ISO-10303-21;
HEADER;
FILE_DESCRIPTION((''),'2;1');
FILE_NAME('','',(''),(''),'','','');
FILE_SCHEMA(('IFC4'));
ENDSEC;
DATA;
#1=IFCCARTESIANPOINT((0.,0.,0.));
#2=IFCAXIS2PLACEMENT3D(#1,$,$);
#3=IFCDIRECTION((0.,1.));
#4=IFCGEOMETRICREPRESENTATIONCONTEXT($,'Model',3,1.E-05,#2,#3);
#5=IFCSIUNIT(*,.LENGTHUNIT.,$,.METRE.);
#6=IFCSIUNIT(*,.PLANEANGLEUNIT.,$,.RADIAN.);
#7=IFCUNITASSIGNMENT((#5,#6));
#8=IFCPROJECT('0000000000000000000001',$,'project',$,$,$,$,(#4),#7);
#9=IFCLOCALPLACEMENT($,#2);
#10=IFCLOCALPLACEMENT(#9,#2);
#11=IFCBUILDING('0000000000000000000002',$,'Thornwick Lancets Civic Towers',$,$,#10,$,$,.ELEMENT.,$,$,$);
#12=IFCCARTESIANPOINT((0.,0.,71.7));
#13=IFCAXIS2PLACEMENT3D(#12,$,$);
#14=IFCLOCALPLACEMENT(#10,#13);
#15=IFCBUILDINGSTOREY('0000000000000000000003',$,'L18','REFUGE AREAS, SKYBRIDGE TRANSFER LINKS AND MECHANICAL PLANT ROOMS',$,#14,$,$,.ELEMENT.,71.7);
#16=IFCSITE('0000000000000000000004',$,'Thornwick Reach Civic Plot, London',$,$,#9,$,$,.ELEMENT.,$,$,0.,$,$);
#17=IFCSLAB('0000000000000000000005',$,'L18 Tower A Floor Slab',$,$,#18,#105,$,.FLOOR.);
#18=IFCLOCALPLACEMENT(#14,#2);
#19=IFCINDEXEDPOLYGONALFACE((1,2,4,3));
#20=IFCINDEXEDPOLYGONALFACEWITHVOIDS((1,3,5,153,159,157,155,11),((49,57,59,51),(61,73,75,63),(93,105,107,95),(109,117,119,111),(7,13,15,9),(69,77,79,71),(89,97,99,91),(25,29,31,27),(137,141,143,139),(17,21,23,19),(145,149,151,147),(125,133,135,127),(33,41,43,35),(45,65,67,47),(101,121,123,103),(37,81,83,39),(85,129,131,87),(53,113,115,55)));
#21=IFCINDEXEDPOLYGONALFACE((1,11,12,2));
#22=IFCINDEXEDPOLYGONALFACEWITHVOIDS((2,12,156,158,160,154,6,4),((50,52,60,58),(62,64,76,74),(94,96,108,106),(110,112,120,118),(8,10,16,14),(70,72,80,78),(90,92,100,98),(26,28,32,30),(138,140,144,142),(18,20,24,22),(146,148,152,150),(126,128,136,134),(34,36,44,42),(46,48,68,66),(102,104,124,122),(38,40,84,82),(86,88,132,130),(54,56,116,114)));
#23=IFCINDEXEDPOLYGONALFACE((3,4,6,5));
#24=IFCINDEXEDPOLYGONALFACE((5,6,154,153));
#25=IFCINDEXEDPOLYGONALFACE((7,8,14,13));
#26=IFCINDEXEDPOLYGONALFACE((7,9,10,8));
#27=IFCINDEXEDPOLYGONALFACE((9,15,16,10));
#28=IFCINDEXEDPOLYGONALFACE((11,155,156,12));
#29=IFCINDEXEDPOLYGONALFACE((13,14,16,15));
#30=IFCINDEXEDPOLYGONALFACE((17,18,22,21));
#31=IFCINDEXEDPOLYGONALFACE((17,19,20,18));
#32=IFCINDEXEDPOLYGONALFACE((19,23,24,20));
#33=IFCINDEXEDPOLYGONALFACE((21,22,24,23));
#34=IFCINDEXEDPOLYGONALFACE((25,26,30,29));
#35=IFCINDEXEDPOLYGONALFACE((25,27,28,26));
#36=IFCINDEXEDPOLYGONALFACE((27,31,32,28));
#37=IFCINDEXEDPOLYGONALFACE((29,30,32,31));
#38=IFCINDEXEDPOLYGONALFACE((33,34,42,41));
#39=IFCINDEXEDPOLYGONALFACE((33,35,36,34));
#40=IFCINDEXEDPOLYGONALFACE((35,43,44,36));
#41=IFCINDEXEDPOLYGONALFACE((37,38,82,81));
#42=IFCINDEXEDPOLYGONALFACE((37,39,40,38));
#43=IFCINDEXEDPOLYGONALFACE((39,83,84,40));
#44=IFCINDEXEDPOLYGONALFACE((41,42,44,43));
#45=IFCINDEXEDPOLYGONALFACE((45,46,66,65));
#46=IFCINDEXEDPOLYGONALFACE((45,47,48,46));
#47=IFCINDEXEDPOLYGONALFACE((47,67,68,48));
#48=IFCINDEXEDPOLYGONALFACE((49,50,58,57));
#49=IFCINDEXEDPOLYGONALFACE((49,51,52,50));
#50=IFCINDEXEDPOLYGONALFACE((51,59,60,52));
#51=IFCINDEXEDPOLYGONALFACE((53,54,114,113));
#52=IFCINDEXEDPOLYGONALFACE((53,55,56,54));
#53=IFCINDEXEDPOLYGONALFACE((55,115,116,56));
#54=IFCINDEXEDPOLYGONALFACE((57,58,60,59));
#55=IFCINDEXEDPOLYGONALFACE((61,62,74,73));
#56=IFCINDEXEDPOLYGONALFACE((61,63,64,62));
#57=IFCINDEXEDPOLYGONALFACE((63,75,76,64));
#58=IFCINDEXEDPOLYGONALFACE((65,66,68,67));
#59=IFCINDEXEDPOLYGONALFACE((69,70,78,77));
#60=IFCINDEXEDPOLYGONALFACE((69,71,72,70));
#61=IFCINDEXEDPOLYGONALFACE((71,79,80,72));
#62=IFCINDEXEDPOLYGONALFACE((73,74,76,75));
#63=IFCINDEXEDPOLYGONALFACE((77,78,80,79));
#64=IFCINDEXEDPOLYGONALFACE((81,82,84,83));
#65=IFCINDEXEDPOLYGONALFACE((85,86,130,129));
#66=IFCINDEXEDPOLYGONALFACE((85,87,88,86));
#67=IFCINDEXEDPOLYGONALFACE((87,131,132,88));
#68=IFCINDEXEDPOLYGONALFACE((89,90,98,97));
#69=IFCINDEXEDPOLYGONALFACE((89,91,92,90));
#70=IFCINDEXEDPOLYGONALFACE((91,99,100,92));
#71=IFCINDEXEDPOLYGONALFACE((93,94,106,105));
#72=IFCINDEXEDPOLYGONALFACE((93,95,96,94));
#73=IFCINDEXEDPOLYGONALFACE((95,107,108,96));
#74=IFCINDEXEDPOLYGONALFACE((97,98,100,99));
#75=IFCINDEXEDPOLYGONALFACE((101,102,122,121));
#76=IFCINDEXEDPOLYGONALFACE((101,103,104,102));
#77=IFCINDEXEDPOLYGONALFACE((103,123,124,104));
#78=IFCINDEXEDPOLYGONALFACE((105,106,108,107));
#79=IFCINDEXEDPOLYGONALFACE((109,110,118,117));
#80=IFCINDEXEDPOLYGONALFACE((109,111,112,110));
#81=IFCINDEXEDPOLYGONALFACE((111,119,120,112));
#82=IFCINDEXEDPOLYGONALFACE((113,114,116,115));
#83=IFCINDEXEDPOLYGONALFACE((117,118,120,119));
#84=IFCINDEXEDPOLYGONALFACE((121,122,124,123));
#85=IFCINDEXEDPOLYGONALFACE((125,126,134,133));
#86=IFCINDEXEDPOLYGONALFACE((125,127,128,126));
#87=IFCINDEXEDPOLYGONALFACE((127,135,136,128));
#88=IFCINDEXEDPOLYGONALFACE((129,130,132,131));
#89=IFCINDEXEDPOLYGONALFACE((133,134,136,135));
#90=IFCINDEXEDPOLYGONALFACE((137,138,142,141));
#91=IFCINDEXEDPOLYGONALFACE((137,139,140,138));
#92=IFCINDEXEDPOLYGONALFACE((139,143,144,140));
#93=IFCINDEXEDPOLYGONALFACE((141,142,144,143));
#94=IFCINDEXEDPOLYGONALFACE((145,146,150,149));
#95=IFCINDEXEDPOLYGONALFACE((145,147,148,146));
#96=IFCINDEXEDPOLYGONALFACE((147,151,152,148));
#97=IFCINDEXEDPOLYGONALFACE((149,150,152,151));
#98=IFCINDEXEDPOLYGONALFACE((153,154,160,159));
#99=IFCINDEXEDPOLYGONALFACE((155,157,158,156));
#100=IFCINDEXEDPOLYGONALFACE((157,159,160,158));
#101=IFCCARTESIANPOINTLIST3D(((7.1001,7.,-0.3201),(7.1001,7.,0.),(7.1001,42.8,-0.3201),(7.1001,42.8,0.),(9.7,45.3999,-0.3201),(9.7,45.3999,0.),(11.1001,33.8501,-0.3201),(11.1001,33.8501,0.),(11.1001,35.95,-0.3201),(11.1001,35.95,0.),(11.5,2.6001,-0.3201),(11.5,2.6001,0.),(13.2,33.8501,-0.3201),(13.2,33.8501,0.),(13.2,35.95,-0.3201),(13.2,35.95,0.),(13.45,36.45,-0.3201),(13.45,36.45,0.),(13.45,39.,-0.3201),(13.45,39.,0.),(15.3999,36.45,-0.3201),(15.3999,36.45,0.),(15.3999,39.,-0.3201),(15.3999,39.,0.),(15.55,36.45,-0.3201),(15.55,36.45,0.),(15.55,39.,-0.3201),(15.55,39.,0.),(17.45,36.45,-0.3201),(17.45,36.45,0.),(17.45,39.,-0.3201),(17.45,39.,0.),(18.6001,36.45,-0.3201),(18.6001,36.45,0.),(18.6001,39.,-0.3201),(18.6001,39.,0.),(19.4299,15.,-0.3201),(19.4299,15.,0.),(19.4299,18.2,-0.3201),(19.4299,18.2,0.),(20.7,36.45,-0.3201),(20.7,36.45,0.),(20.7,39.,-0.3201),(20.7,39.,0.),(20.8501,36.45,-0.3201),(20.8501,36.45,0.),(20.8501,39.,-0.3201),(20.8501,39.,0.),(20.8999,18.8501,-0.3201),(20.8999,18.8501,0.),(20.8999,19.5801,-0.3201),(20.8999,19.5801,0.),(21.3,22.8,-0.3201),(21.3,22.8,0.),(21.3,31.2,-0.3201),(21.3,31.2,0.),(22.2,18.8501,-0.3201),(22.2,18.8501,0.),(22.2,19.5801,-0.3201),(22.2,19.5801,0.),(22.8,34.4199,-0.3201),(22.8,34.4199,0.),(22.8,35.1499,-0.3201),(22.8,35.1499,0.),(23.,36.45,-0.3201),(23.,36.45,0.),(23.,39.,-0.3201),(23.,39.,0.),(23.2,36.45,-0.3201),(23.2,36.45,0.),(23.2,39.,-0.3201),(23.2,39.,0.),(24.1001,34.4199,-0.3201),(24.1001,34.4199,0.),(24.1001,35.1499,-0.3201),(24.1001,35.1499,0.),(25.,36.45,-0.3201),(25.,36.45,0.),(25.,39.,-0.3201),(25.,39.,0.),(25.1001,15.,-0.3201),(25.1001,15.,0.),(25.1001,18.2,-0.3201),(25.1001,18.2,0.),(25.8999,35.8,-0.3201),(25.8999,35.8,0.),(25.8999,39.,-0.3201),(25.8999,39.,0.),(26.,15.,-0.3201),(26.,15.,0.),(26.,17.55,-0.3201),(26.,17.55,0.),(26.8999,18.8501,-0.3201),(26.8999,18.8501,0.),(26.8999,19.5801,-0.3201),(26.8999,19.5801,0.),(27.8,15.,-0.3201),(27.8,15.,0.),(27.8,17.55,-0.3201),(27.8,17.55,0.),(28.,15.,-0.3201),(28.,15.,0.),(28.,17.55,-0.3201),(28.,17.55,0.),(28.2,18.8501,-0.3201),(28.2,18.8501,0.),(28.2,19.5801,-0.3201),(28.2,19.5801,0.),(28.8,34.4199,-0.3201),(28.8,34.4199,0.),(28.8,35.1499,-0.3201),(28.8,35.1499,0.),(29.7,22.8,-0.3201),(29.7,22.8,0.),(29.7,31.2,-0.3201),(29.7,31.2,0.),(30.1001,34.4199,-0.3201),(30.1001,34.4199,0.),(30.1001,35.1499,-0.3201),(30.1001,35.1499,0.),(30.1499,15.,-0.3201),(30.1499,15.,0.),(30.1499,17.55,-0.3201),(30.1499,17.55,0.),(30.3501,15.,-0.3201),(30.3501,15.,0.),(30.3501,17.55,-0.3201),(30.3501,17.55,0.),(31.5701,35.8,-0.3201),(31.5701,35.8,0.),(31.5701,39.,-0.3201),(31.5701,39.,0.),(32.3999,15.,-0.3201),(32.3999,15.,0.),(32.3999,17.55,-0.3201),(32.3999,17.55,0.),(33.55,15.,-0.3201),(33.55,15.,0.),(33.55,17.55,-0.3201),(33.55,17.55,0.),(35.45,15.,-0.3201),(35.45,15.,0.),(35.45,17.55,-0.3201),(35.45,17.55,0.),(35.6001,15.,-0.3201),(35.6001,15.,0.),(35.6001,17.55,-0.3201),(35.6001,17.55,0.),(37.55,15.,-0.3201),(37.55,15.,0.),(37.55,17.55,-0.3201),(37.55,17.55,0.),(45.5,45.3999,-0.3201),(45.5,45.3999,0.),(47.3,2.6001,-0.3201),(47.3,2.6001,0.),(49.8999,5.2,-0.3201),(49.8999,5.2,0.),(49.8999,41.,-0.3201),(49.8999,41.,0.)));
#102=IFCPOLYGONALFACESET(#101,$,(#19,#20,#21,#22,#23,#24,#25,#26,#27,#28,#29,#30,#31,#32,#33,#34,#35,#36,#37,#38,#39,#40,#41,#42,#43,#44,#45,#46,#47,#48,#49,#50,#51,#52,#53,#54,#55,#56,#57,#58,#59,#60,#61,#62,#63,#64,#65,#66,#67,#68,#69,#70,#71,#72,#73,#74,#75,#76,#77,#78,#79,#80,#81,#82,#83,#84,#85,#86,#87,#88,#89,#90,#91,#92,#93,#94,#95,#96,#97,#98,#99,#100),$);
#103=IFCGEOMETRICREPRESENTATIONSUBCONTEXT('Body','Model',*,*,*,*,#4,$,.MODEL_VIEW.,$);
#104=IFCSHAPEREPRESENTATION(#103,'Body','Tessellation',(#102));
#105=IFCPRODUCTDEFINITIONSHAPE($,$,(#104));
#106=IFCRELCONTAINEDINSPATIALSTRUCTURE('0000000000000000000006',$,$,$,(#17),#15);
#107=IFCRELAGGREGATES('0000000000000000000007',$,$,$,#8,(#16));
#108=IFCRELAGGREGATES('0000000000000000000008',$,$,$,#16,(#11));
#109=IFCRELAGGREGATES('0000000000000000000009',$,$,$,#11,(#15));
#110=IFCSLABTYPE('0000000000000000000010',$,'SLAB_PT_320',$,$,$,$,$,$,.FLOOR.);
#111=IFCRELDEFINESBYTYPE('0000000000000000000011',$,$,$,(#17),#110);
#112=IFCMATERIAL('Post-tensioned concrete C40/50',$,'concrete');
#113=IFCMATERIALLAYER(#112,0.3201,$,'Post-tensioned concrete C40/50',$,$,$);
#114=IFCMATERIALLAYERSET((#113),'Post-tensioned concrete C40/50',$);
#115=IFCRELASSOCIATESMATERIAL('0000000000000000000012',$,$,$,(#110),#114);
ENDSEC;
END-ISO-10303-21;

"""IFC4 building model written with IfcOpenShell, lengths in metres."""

from ifc_helpers import new_model, si_unit, direction, frame, origin, place, context, subcontext, project, spatial, polyline, outline, extrude, material, layer, layer_set, type_object, element, save


model = new_model("IFC4")

# Units and contexts
model_context = context("Model", 3, precision=1e-05, world=origin(), true_north=direction((0.0, 1.0)))
body_context = subcontext(model_context, "Body", "Model", "MODEL_VIEW")
ifc_project = project(units=[si_unit("LENGTHUNIT", "METRE"), si_unit("PLANEANGLEUNIT", "RADIAN")], contexts=[model_context])

# Site, building, storey
site_placement = place(None, origin())
site = spatial("IfcSite", under=ifc_project, at=site_placement, Name="Thornwick Reach Civic Plot, London", CompositionType="ELEMENT", RefElevation=0.0)
building_placement = place(site_placement, origin())
building = spatial("IfcBuilding", under=site, at=building_placement, Name="Thornwick Lancets Civic Towers", CompositionType="ELEMENT")
storey_placement = place(building_placement, frame((0.0, 0.0, 71.7)))
storey = spatial("IfcBuildingStorey", under=building, at=storey_placement, Name="L18", Description="REFUGE AREAS, SKYBRIDGE TRANSFER LINKS AND MECHANICAL PLANT ROOMS", CompositionType="ELEMENT", Elevation=71.7)

# Slab
ifc_material_1 = material(Name="Post-tensioned concrete C40/50", Category="concrete")
ifc_layer_1 = layer(ifc_material_1, 0.3201, Name="Post-tensioned concrete C40/50")
ifc_layer_set_1 = layer_set([ifc_layer_1], Name="Post-tensioned concrete C40/50")
slab_type_1 = type_object("IfcSlabType", Name="SLAB_PT_320", PredefinedType="FLOOR", material=ifc_layer_set_1)
slab_1_placement = place(storey_placement, frame((0.0, 0.0, -0.3201)))
element("IfcSlab", 1, at=slab_1_placement, inside=storey, type_object=slab_type_1, Name="L18 Tower A Floor Slab", PredefinedType="FLOOR", context=body_context, shape_type="SweptSolid", body=[
    extrude(outline(polyline([(11.5, 2.6001), (47.3, 2.6001), (49.8999, 5.2), (49.8999, 41.0), (45.5, 45.3999), (9.7, 45.3999), (7.1001, 42.8), (7.1001, 7.0), (11.5, 2.6001)]), holes=[polyline([(21.3, 22.8), (29.7, 22.8), (29.7, 31.2), (21.3, 31.2), (21.3, 22.8)]), polyline([(19.4299, 15.0), (25.1001, 15.0), (25.1001, 18.2), (19.4299, 18.2), (19.4299, 15.0)]), polyline([(31.5701, 39.0), (25.8999, 39.0), (25.8999, 35.8), (31.5701, 35.8), (31.5701, 39.0)]), polyline([(26.0, 15.0), (27.8, 15.0), (27.8, 17.55), (26.0, 17.55), (26.0, 15.0)]), polyline([(28.0, 15.0), (30.1499, 15.0), (30.1499, 17.55), (28.0, 17.55), (28.0, 15.0)]), polyline([(30.3501, 15.0), (32.3999, 15.0), (32.3999, 17.55), (30.3501, 17.55), (30.3501, 15.0)]), polyline([(33.55, 15.0), (35.45, 15.0), (35.45, 17.55), (33.55, 17.55), (33.55, 15.0)]), polyline([(35.6001, 15.0), (37.55, 15.0), (37.55, 17.55), (35.6001, 17.55), (35.6001, 15.0)]), polyline([(23.2, 36.45), (25.0, 36.45), (25.0, 39.0), (23.2, 39.0), (23.2, 36.45)]), polyline([(20.8501, 36.45), (23.0, 36.45), (23.0, 39.0), (20.8501, 39.0), (20.8501, 36.45)]), polyline([(18.6001, 36.45), (20.7, 36.45), (20.7, 39.0), (18.6001, 39.0), (18.6001, 36.45)]), polyline([(15.55, 36.45), (17.45, 36.45), (17.45, 39.0), (15.55, 39.0), (15.55, 36.45)]), polyline([(13.45, 36.45), (15.3999, 36.45), (15.3999, 39.0), (13.45, 39.0), (13.45, 36.45)]), polyline([(11.1001, 33.8501), (13.2, 33.8501), (13.2, 35.95), (11.1001, 35.95), (11.1001, 33.8501)]), polyline([(26.8999, 18.8501), (28.2, 18.8501), (28.2, 19.5801), (26.8999, 19.5801), (26.8999, 18.8501)]), polyline([(20.8999, 18.8501), (22.2, 18.8501), (22.2, 19.5801), (20.8999, 19.5801), (20.8999, 18.8501)]), polyline([(22.8, 34.4199), (24.1001, 34.4199), (24.1001, 35.1499), (22.8, 35.1499), (22.8, 34.4199)]), polyline([(28.8, 34.4199), (30.1001, 34.4199), (30.1001, 35.1499), (28.8, 35.1499), (28.8, 34.4199)])]), origin(), (0.0, 0.0, 1.0), 0.3201),
])

save(model, "model.ifc")
